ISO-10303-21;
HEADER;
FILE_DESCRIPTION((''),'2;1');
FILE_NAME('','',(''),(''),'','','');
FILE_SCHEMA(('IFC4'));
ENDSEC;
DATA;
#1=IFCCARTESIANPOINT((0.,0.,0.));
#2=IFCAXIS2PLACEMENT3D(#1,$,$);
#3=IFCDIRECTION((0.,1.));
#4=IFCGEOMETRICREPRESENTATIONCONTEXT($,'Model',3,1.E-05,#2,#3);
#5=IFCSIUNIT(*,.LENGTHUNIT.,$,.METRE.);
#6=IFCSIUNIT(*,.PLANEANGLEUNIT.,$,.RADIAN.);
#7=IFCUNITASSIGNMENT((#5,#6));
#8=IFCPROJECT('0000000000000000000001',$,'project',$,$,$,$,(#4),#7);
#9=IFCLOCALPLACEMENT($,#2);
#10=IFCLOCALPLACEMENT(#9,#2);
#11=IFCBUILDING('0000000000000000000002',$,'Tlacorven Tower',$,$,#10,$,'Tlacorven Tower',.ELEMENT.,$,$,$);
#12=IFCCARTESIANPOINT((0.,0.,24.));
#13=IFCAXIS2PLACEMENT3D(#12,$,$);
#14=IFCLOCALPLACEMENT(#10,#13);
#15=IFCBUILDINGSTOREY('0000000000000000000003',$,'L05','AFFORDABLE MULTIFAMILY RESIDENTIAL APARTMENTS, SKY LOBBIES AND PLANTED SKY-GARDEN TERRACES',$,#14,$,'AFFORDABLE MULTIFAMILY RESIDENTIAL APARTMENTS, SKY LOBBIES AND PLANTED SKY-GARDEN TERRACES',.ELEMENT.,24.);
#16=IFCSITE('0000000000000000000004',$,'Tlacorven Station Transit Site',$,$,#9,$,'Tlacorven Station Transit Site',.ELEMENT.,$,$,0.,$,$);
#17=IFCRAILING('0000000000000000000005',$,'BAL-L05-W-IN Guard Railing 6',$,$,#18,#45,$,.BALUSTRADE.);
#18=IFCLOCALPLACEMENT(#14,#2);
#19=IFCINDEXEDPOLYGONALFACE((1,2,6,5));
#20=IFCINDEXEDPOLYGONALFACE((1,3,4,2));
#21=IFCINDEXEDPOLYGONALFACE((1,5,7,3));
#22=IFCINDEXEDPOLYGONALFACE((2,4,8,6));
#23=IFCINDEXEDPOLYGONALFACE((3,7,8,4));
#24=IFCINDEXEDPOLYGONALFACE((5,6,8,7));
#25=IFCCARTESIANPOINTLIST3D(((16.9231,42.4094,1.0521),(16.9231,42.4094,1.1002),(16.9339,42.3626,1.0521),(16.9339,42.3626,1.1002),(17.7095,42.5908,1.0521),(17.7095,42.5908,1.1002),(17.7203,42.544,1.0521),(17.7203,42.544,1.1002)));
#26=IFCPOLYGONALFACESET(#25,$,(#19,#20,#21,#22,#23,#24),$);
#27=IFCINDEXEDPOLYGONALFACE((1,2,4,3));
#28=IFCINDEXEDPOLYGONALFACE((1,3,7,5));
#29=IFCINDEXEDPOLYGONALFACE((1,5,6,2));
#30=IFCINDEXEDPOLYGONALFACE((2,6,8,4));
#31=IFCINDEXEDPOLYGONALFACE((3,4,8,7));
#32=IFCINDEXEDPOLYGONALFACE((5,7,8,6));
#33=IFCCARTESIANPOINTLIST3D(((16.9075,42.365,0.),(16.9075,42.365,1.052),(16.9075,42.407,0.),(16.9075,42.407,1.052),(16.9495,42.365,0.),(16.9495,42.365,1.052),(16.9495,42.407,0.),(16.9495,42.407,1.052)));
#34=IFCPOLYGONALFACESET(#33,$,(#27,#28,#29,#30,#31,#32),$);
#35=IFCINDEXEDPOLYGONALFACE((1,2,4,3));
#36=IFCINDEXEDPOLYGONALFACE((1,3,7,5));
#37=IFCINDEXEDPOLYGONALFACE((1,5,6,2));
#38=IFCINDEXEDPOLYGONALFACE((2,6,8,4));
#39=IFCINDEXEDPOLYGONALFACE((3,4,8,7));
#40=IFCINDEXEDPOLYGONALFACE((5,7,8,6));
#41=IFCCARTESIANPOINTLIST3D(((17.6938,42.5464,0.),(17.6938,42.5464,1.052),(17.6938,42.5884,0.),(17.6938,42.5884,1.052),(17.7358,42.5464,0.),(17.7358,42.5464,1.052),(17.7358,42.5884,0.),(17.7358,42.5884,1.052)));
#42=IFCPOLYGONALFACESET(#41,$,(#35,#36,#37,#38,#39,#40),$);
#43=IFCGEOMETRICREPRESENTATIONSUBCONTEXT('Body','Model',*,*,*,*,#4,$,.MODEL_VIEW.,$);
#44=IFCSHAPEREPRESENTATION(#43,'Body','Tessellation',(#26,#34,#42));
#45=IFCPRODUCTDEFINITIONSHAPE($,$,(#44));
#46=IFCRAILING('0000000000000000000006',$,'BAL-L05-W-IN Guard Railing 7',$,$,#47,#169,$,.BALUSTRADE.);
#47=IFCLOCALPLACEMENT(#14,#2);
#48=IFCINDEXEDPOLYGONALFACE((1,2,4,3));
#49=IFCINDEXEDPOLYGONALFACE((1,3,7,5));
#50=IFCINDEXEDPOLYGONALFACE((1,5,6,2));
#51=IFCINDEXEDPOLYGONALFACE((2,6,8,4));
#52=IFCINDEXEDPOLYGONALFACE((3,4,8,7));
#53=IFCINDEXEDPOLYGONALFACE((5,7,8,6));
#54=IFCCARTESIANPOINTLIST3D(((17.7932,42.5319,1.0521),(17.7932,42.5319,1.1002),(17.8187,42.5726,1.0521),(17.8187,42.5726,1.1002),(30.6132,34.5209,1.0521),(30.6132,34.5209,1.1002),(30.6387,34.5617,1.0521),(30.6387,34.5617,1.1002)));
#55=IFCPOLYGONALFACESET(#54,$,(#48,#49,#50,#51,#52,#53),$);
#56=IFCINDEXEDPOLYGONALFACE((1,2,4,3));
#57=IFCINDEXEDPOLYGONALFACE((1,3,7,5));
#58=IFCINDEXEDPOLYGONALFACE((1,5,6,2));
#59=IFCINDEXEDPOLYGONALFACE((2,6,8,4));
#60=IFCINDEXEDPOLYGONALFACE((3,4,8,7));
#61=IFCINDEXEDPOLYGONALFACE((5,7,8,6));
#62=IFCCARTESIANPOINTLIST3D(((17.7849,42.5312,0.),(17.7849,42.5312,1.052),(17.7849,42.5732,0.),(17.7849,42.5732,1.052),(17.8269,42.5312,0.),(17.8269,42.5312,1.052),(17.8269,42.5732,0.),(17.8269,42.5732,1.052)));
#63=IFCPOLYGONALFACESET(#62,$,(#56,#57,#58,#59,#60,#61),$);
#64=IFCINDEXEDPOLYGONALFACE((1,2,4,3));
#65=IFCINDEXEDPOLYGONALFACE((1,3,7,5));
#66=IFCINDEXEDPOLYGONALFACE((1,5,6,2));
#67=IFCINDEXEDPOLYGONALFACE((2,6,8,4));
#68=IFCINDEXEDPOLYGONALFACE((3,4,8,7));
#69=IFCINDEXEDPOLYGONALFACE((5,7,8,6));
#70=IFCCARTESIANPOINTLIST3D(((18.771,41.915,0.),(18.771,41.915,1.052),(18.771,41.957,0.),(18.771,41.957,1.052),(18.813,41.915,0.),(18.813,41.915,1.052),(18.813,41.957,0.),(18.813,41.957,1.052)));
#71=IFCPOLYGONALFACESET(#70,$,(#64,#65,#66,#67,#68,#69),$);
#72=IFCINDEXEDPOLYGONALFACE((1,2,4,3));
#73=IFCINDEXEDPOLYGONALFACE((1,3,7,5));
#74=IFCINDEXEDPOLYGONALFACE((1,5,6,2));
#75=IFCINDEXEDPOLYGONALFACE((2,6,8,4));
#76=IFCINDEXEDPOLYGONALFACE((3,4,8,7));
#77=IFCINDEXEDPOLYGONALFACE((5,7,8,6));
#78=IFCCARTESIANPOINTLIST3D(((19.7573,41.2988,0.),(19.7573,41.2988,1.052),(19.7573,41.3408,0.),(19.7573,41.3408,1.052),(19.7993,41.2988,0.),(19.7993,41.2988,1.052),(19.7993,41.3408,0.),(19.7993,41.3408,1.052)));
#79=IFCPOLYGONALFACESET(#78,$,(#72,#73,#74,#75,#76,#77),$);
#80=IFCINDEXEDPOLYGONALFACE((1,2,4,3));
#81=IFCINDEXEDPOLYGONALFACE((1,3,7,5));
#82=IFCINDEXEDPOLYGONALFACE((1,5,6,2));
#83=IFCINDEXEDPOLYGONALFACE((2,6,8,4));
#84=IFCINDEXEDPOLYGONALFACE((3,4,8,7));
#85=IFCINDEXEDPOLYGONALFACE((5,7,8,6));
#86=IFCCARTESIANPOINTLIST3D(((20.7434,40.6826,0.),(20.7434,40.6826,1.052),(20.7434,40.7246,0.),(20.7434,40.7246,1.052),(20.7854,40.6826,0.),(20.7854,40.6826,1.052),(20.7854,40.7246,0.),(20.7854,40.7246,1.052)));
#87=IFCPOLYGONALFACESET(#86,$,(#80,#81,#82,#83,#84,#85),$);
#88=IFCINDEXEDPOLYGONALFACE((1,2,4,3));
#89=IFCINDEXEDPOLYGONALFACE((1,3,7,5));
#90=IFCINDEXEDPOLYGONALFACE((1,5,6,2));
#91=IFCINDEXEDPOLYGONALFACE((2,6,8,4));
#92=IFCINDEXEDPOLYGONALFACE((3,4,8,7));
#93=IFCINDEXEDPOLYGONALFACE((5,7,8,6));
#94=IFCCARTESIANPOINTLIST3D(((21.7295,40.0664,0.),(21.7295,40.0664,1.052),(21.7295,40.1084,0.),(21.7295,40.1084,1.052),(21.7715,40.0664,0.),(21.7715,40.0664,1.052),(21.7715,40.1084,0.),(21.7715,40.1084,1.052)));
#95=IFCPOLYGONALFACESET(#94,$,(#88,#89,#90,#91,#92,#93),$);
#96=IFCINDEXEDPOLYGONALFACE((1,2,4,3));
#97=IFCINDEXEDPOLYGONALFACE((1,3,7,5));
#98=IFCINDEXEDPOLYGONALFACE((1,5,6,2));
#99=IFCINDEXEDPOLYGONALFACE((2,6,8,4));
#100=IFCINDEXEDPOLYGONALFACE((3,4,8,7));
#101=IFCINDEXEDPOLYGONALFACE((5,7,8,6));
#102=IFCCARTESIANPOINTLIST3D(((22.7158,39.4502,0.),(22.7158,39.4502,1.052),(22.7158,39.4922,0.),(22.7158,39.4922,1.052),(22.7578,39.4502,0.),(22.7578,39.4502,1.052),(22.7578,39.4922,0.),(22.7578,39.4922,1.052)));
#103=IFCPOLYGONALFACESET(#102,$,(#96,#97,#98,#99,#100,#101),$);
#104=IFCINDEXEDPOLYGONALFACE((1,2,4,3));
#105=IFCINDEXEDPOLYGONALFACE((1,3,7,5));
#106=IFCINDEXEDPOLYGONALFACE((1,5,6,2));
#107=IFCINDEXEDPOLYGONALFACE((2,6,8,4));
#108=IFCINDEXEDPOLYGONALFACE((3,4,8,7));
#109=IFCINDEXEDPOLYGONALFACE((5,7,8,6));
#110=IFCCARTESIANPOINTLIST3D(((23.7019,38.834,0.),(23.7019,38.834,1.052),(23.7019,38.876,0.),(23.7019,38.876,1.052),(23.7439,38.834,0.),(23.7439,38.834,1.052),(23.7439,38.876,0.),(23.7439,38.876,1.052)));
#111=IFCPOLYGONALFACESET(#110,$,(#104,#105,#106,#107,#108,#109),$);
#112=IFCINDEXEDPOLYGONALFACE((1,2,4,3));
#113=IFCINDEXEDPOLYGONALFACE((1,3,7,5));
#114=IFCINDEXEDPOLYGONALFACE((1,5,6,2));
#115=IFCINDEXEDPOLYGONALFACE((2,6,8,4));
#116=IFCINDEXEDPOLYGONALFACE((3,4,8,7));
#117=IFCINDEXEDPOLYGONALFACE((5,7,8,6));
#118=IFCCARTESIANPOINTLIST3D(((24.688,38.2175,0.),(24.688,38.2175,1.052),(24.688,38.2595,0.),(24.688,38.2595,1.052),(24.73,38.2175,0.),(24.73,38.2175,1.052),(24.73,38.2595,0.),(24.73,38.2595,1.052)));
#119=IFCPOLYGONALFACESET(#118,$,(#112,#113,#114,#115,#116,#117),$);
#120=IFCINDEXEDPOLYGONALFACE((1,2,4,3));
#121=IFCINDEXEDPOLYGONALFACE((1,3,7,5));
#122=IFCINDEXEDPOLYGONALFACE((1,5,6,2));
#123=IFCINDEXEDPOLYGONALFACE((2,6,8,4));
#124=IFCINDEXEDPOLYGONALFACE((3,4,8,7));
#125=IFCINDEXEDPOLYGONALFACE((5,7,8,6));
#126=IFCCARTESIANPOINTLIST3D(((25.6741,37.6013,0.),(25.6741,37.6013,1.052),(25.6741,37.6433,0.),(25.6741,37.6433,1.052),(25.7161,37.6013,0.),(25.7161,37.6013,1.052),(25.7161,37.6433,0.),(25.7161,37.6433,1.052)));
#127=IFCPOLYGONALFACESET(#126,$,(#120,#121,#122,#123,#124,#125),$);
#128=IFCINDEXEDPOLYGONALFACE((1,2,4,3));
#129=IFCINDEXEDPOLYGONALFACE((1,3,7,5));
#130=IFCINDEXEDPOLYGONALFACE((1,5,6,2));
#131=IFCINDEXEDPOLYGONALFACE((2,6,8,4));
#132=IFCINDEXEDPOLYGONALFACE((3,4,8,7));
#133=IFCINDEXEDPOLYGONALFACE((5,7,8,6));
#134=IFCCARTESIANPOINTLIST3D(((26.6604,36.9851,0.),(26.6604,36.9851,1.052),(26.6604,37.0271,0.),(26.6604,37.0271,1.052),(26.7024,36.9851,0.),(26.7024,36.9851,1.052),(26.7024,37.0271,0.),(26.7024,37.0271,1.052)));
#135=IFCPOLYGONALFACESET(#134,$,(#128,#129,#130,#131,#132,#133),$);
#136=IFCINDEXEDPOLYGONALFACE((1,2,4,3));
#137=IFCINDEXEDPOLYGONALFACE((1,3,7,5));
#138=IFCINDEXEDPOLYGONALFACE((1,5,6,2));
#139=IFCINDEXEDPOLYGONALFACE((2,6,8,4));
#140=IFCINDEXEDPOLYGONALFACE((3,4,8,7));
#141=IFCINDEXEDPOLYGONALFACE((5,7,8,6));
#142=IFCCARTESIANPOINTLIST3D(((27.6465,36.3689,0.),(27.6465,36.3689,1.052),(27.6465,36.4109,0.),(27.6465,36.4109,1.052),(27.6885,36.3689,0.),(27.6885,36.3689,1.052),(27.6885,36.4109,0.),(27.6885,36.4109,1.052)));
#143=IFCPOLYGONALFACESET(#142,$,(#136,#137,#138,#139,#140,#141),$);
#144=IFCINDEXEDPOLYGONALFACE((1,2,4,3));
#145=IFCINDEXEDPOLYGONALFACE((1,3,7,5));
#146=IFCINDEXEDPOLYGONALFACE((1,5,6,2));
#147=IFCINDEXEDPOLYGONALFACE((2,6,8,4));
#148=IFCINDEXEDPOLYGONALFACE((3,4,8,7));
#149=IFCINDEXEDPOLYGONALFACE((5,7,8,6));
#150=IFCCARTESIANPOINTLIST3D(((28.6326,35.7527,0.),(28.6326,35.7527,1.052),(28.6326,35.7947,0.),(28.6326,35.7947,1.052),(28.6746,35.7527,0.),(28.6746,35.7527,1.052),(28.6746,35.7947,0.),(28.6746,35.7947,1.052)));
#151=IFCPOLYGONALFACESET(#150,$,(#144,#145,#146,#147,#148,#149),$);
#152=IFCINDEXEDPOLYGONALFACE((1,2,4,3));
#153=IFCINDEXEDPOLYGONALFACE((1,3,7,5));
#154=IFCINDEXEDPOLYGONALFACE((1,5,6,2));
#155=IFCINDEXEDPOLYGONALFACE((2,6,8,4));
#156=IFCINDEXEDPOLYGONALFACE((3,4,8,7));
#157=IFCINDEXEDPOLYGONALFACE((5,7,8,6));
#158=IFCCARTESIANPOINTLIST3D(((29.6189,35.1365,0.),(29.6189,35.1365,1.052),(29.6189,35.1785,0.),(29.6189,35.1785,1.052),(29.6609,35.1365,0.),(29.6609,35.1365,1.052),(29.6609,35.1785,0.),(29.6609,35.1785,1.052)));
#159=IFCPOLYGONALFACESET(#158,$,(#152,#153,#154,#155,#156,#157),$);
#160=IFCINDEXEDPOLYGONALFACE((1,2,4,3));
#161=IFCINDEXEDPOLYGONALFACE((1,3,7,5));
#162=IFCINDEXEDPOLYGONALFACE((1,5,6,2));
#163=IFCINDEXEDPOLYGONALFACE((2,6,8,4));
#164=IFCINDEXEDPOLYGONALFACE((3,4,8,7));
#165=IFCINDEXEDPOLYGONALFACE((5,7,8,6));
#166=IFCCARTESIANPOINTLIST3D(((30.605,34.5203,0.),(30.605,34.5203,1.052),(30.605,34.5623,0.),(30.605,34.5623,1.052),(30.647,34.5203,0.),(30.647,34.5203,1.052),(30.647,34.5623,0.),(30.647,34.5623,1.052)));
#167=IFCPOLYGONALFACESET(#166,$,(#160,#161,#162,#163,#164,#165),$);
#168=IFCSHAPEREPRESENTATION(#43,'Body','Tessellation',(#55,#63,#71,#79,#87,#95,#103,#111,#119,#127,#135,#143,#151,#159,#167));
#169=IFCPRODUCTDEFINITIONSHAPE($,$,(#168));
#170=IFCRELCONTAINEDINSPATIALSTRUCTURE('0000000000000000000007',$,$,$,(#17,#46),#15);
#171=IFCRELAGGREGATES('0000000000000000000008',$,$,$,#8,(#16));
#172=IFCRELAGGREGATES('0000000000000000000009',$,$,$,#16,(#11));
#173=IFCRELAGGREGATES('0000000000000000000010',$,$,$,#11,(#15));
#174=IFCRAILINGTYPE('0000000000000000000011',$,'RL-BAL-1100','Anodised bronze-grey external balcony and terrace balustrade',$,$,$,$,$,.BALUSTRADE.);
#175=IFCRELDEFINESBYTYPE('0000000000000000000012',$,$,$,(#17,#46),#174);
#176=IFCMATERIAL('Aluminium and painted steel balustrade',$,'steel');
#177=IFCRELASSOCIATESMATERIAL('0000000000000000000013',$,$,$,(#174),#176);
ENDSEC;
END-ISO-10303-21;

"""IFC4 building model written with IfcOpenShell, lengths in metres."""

from ifc_helpers import new_model, si_unit, direction, frame, origin, origin_2d, place, context, subcontext, project, spatial, rectangle, extrude, source, transform, mapped, material, type_object, element, save


model = new_model("IFC4")

# Units and contexts
model_context = context("Model", 3, precision=1e-05, world=origin(), true_north=direction((0.0, 1.0)))
body_context = subcontext(model_context, "Body", "Model", "MODEL_VIEW")
ifc_project = project(units=[si_unit("LENGTHUNIT", "METRE"), si_unit("PLANEANGLEUNIT", "RADIAN")], contexts=[model_context])

# Site, building, storey
site_placement = place(None, origin())
site = spatial("IfcSite", under=ifc_project, at=site_placement, Name="Tlacorven Station Transit Site", LongName="Tlacorven Station Transit Site", CompositionType="ELEMENT", RefElevation=0.0)
building_placement = place(site_placement, origin())
building = spatial("IfcBuilding", under=site, at=building_placement, Name="Tlacorven Tower", LongName="Tlacorven Tower", CompositionType="ELEMENT")
storey_placement = place(building_placement, frame((0.0, 0.0, 24.0)))
storey = spatial("IfcBuildingStorey", under=building, at=storey_placement, Name="L05", Description="AFFORDABLE MULTIFAMILY RESIDENTIAL APARTMENTS, SKY LOBBIES AND PLANTED SKY-GARDEN TERRACES", LongName="AFFORDABLE MULTIFAMILY RESIDENTIAL APARTMENTS, SKY LOBBIES AND PLANTED SKY-GARDEN TERRACES", CompositionType="ELEMENT", Elevation=24.0)

# Railings
ifc_material_1 = material(Name="Aluminium and painted steel balustrade", Category="steel")
railing_type = type_object("IfcRailingType", Name="RL-BAL-1100", Description="Anodised bronze-grey external balcony and terrace balustrade", PredefinedType="BALUSTRADE", material=ifc_material_1)
shared_shape_1 = source(origin(), body_context, "Body", "SweptSolid", [
    extrude(rectangle(XDim=0.0481, YDim=0.0481, at=origin_2d()), frame((0.0, 0.0, 1.0762), z_axis=(0.974412, 0.224771, 0.0), x_axis=(-0.224771, 0.974412, 0.0)), (0.0, 0.0, 1.0), 0.8071),
    extrude(rectangle(XDim=0.042, YDim=0.042, at=origin_2d()), origin(), (0.0, 0.0, 1.0), 1.052),
    extrude(rectangle(XDim=0.042, YDim=0.042, at=origin_2d()), frame((0.7864, 0.1814, 0.0)), (0.0, 0.0, 1.0), 1.052),
])
railing_1_placement = place(storey_placement, frame((16.9285, 42.386, 0.0)))
element("IfcRailing", 1, at=railing_1_placement, inside=storey, type_object=railing_type, Name="BAL-L05-W-IN Guard Railing 6", PredefinedType="BALUSTRADE", context=body_context, shape_type="MappedRepresentation", body=[
    mapped(shared_shape_1, transform((0.0, 0.0, 0.0), scale=1.0)),
])
shared_shape_2 = source(origin(), body_context, "Body", "SweptSolid", [
    extrude(rectangle(XDim=0.0481, YDim=0.0481, at=origin_2d()), frame((0.0, 0.0, 1.0762), z_axis=(0.848045, -0.529925, 0.0), x_axis=(0.529925, 0.848045, 0.0)), (0.0, 0.0, 1.0), 15.1172),
    extrude(rectangle(XDim=0.042, YDim=0.042, at=origin_2d()), origin(), (0.0, 0.0, 1.0), 1.052),
    extrude(rectangle(XDim=0.042, YDim=0.042, at=origin_2d()), frame((0.9861, -0.6162, 0.0)), (0.0, 0.0, 1.0), 1.052),
    extrude(rectangle(XDim=0.042, YDim=0.042, at=origin_2d()), frame((1.9724, -1.2324, 0.0)), (0.0, 0.0, 1.0), 1.052),
    extrude(rectangle(XDim=0.042, YDim=0.042, at=origin_2d()), frame((2.9585, -1.8486, 0.0)), (0.0, 0.0, 1.0), 1.052),
    extrude(rectangle(XDim=0.042, YDim=0.042, at=origin_2d()), frame((3.9446, -2.4648, 0.0)), (0.0, 0.0, 1.0), 1.052),
    extrude(rectangle(XDim=0.042, YDim=0.042, at=origin_2d()), frame((4.9309, -3.0811, 0.0)), (0.0, 0.0, 1.0), 1.052),
    extrude(rectangle(XDim=0.042, YDim=0.042, at=origin_2d()), frame((5.917, -3.6973, 0.0)), (0.0, 0.0, 1.0), 1.052),
    extrude(rectangle(XDim=0.042, YDim=0.042, at=origin_2d()), frame((6.9031, -4.3137, 0.0)), (0.0, 0.0, 1.0), 1.052),
    extrude(rectangle(XDim=0.042, YDim=0.042, at=origin_2d()), frame((7.8892, -4.9299, 0.0)), (0.0, 0.0, 1.0), 1.052),
    extrude(rectangle(XDim=0.042, YDim=0.042, at=origin_2d()), frame((8.8755, -5.5461, 0.0)), (0.0, 0.0, 1.0), 1.052),
    extrude(rectangle(XDim=0.042, YDim=0.042, at=origin_2d()), frame((9.8616, -6.1624, 0.0)), (0.0, 0.0, 1.0), 1.052),
    extrude(rectangle(XDim=0.042, YDim=0.042, at=origin_2d()), frame((10.8477, -6.7786, 0.0)), (0.0, 0.0, 1.0), 1.052),
    extrude(rectangle(XDim=0.042, YDim=0.042, at=origin_2d()), frame((11.834, -7.3948, 0.0)), (0.0, 0.0, 1.0), 1.052),
    extrude(rectangle(XDim=0.042, YDim=0.042, at=origin_2d()), frame((12.8201, -8.011, 0.0)), (0.0, 0.0, 1.0), 1.052),
])
railing_2_placement = place(storey_placement, frame((17.8059, 42.5522, 0.0)))
element("IfcRailing", 2, at=railing_2_placement, inside=storey, type_object=railing_type, Name="BAL-L05-W-IN Guard Railing 7", PredefinedType="BALUSTRADE", context=body_context, shape_type="MappedRepresentation", body=[
    mapped(shared_shape_2, transform((0.0, 0.0, 0.0), scale=1.0)),
])

save(model, "model.ifc")
